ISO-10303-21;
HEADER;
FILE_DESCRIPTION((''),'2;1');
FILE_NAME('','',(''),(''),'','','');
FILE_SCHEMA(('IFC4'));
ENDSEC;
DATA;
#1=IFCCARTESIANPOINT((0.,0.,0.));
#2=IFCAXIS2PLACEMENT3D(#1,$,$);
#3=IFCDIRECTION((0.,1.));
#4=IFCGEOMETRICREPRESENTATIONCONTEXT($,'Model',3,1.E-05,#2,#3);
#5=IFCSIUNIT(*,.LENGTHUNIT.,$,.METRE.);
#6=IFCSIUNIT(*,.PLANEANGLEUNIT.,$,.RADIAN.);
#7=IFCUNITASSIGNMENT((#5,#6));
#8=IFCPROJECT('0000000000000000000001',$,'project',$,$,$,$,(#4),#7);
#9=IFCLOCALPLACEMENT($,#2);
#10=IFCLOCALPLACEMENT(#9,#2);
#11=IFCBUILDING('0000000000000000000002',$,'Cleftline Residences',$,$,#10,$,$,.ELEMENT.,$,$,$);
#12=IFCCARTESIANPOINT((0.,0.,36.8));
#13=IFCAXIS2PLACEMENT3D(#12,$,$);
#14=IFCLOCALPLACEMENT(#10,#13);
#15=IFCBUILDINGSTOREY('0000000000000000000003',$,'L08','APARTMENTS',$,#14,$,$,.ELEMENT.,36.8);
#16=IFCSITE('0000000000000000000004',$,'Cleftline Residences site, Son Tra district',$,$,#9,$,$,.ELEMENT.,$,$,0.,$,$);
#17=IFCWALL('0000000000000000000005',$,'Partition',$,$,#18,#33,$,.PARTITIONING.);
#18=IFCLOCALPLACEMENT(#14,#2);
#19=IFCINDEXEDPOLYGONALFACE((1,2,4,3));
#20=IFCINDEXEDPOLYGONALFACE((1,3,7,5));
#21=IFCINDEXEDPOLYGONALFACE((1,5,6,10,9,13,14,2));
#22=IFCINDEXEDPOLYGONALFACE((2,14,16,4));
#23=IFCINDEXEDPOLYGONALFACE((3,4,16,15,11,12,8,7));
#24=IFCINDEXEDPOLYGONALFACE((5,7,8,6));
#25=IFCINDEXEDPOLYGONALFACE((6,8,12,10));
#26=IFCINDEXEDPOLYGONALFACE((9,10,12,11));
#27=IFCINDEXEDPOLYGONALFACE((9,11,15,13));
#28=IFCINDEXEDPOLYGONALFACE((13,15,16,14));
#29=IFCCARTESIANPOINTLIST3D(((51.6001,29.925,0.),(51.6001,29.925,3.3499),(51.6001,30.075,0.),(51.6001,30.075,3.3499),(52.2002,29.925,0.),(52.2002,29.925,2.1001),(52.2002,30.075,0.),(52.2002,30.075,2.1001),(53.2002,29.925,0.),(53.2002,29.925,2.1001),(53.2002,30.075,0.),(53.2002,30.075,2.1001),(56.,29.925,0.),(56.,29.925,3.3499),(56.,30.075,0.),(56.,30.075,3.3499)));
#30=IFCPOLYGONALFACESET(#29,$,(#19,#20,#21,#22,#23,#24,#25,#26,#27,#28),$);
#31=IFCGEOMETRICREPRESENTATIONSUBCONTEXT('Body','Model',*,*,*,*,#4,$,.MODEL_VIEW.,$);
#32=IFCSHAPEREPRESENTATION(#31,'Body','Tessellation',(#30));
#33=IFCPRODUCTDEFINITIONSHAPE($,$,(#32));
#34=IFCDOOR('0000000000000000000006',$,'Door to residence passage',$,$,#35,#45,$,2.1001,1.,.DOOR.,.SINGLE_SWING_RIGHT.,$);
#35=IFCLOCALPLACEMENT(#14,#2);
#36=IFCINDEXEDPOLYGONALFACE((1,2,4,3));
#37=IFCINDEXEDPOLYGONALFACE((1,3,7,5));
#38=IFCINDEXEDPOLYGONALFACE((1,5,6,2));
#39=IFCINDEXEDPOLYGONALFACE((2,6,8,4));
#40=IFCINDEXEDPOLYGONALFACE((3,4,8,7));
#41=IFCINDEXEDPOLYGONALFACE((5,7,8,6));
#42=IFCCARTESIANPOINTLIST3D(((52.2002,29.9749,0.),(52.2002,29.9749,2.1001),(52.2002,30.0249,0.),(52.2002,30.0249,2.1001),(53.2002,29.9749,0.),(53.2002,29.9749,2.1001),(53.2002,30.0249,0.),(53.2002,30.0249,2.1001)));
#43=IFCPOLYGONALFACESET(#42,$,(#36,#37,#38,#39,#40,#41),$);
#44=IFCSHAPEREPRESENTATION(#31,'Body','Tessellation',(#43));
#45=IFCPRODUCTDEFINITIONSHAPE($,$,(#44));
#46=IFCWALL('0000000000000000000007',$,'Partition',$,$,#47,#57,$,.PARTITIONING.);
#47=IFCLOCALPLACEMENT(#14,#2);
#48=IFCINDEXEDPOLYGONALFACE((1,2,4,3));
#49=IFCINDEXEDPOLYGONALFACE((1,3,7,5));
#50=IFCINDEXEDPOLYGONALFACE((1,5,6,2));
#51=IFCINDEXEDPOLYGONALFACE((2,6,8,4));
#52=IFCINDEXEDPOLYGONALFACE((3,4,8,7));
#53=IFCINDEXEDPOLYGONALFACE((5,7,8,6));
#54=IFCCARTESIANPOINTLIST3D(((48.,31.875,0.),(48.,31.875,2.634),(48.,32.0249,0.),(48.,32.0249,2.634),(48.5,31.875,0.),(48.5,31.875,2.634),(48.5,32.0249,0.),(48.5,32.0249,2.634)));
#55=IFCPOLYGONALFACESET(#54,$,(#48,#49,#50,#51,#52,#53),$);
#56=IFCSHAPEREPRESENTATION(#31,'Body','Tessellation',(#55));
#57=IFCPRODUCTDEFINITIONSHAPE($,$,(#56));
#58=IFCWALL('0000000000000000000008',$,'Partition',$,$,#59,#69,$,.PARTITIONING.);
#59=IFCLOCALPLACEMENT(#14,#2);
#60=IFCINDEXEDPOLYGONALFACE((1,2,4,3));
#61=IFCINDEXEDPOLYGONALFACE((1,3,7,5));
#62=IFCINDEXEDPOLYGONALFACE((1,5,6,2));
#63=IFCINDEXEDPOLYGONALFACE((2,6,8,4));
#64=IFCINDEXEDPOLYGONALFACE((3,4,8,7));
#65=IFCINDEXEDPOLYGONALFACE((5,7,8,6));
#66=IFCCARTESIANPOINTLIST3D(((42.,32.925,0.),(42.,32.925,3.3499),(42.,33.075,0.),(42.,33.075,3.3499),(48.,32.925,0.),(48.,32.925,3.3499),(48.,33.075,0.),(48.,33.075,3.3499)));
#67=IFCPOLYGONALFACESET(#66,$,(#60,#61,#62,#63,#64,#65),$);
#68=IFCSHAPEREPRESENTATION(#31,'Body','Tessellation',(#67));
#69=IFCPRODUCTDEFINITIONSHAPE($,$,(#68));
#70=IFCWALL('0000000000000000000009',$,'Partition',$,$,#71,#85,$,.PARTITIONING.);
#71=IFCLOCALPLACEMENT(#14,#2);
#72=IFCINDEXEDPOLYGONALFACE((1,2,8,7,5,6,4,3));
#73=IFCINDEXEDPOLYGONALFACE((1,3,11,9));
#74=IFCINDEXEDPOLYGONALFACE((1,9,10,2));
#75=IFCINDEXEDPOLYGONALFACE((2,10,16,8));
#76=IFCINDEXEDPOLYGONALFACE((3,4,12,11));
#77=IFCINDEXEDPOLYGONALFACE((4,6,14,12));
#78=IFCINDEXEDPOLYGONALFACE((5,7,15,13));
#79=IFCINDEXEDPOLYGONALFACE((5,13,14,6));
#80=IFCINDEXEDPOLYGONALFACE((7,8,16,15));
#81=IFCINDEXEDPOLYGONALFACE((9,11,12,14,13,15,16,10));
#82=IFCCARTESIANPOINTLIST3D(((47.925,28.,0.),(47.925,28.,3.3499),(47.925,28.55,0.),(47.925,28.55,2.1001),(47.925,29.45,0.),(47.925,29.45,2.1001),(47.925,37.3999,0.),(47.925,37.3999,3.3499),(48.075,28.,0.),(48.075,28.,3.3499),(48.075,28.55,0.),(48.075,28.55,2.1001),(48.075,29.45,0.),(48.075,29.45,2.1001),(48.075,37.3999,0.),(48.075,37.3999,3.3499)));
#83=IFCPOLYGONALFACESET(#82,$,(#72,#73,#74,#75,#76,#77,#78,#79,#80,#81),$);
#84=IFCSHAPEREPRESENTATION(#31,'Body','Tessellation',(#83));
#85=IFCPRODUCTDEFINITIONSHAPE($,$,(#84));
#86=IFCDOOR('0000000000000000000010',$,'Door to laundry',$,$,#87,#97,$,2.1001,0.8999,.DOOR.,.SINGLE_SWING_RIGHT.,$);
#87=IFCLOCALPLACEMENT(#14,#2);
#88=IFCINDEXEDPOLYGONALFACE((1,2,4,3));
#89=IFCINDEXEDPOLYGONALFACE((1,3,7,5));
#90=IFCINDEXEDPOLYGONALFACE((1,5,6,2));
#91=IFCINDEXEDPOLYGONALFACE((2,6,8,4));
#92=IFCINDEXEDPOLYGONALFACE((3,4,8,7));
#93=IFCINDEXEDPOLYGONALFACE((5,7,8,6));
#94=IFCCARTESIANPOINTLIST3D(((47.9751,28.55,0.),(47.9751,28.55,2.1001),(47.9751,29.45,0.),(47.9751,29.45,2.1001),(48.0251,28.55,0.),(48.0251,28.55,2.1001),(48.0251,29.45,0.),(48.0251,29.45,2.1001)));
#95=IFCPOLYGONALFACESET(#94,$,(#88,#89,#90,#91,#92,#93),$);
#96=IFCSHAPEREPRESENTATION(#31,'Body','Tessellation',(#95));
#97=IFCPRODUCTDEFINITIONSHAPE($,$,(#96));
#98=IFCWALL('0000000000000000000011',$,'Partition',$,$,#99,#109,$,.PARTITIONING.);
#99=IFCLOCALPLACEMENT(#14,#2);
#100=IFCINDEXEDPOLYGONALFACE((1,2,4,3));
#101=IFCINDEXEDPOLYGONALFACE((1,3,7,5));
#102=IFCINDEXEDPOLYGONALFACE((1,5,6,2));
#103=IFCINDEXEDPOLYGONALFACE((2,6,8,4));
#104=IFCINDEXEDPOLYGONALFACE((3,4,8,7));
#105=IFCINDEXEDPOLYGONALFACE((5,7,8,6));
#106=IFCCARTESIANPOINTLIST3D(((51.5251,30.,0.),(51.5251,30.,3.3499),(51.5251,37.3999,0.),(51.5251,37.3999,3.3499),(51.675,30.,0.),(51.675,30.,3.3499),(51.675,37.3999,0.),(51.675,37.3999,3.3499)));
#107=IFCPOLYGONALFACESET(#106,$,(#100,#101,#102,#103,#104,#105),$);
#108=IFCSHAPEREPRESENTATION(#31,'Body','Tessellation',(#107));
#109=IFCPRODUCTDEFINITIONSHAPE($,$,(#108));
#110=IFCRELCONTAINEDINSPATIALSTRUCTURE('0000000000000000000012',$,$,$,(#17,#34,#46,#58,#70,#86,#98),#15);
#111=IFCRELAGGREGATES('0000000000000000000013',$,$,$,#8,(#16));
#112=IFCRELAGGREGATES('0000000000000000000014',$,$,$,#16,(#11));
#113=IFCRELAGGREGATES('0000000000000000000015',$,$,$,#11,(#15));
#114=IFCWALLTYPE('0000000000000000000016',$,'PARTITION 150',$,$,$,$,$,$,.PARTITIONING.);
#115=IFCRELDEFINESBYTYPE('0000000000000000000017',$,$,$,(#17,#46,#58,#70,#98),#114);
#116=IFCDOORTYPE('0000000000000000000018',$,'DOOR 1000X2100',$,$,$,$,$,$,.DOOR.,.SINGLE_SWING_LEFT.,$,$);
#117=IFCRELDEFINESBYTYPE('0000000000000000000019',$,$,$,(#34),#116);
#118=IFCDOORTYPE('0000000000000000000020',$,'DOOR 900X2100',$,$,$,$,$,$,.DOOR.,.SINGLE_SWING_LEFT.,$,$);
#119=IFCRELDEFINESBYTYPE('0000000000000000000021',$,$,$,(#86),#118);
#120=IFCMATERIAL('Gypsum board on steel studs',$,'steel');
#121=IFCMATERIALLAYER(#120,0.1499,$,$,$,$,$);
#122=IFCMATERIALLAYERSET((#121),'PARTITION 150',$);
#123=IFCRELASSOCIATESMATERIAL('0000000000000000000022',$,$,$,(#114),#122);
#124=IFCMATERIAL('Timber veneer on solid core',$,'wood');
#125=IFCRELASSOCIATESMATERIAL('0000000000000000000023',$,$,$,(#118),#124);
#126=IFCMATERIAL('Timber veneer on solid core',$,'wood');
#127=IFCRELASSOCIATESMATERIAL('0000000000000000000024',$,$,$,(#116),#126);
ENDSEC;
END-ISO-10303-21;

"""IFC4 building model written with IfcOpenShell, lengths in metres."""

from ifc_helpers import new_model, si_unit, direction, frame, frame_2d, origin, place, context, subcontext, project, spatial, rectangle, extrude, material, layer, layer_set, type_object, element, fill, save


model = new_model("IFC4")

# Units and contexts
model_context = context("Model", 3, precision=1e-05, world=origin(), true_north=direction((0.0, 1.0)))
body_context = subcontext(model_context, "Body", "Model", "MODEL_VIEW")
ifc_project = project(units=[si_unit("LENGTHUNIT", "METRE"), si_unit("PLANEANGLEUNIT", "RADIAN")], contexts=[model_context])

# Site, building, storey
site_placement = place(None, origin())
site = spatial("IfcSite", under=ifc_project, at=site_placement, Name="Cleftline Residences site, Son Tra district", CompositionType="ELEMENT", RefElevation=0.0)
building_placement = place(site_placement, origin())
building = spatial("IfcBuilding", under=site, at=building_placement, Name="Cleftline Residences", CompositionType="ELEMENT")
storey_placement = place(building_placement, frame((0.0, 0.0, 36.8)))
storey = spatial("IfcBuildingStorey", under=building, at=storey_placement, Name="L08", Description="APARTMENTS", CompositionType="ELEMENT", Elevation=36.8)

# Wall, opening, door
ifc_material_1 = material(Name="Gypsum board on steel studs", Category="steel")
ifc_layer_1 = layer(ifc_material_1, 0.1499)
ifc_layer_set_1 = layer_set([ifc_layer_1], Name="PARTITION 150")
wall_type_1 = type_object("IfcWallType", Name="PARTITION 150", PredefinedType="PARTITIONING", material=ifc_layer_set_1)
ifc_material_2 = material(Name="Timber veneer on solid core", Category="wood")
door_type_1 = type_object("IfcDoorType", Name="DOOR 900X2100", OperationType="SINGLE_SWING_LEFT", PredefinedType="DOOR", material=ifc_material_2)
wall_1_placement = place(storey_placement, frame((51.6001, 30.0, 0.0), z_axis=(0.0, 0.0, 1.0), x_axis=(1.0, 0.0, 0.0)))
wall_1 = element("IfcWall", 1, at=wall_1_placement, inside=storey, type_object=wall_type_1, Name="Partition", PredefinedType="PARTITIONING", context=body_context, shape_type="SweptSolid", body=[
    extrude(rectangle(XDim=4.3999, YDim=0.1499, at=frame_2d((2.2, 0.0))), origin(), (0.0, 0.0, 1.0), 3.3499),
])
opening_1_placement = place(wall_1_placement, frame((0.6001, 0.0, 0.0)))
opening_1 = element("IfcOpeningElement", 2, at=opening_1_placement, cuts=wall_1, PredefinedType="OPENING", context=body_context, shape_type="SweptSolid", body=[
    extrude(rectangle(XDim=1.0, YDim=2.1001, at=frame_2d((0.5, 1.05))), frame((0.0, 0.085, 0.0), z_axis=(0.0, -1.0, 0.0), x_axis=(1.0, 0.0, 0.0)), (0.0, 0.0, 1.0), 0.1699),
])
ifc_material_3 = material(Name="Timber veneer on solid core", Category="wood")
door_type_2 = type_object("IfcDoorType", Name="DOOR 1000X2100", OperationType="SINGLE_SWING_LEFT", PredefinedType="DOOR", material=ifc_material_3)
door_1_placement = place(opening_1_placement, origin())
door_1 = element("IfcDoor", 3, at=door_1_placement, inside=storey, type_object=door_type_2, Name="Door to residence passage", OperationType="SINGLE_SWING_RIGHT", OverallHeight=2.1001, OverallWidth=1.0, PredefinedType="DOOR", context=body_context, shape_type="SweptSolid", body=[
    extrude(rectangle(XDim=1.0, YDim=2.1001, at=frame_2d((0.5, 1.05))), frame((0.0, 0.0249, 0.0), z_axis=(0.0, -1.0, 0.0), x_axis=(1.0, 0.0, 0.0)), (0.0, 0.0, 1.0), 0.05),
])
fill(opening_1, door_1)

# Walls
wall_2_placement = place(storey_placement, frame((48.0, 31.95, 0.0), z_axis=(0.0, 0.0, 1.0), x_axis=(1.0, 0.0, 0.0)))
element("IfcWall", 4, at=wall_2_placement, inside=storey, type_object=wall_type_1, Name="Partition", PredefinedType="PARTITIONING", context=body_context, shape_type="SweptSolid", body=[
    extrude(rectangle(XDim=0.5, YDim=0.1499, at=frame_2d((0.25, 0.0))), origin(), (0.0, 0.0, 1.0), 2.634),
])
wall_3_placement = place(storey_placement, frame((42.0, 33.0, 0.0), z_axis=(0.0, 0.0, 1.0), x_axis=(1.0, 0.0, 0.0)))
element("IfcWall", 5, at=wall_3_placement, inside=storey, type_object=wall_type_1, Name="Partition", PredefinedType="PARTITIONING", context=body_context, shape_type="SweptSolid", body=[
    extrude(rectangle(XDim=6.0, YDim=0.1499, at=frame_2d((3.0, 0.0))), origin(), (0.0, 0.0, 1.0), 3.3499),
])

# Wall, opening, door
wall_4_placement = place(storey_placement, frame((48.0, 28.0, 0.0), z_axis=(0.0, 0.0, 1.0), x_axis=(0.0, 1.0, 0.0)))
wall_4 = element("IfcWall", 6, at=wall_4_placement, inside=storey, type_object=wall_type_1, Name="Partition", PredefinedType="PARTITIONING", context=body_context, shape_type="SweptSolid", body=[
    extrude(rectangle(XDim=9.3999, YDim=0.1499, at=frame_2d((4.7, 0.0))), origin(), (0.0, 0.0, 1.0), 3.3499),
])
opening_2_placement = place(wall_4_placement, frame((0.55, 0.0, 0.0)))
opening_2 = element("IfcOpeningElement", 7, at=opening_2_placement, cuts=wall_4, PredefinedType="OPENING", context=body_context, shape_type="SweptSolid", body=[
    extrude(rectangle(XDim=0.8999, YDim=2.1001, at=frame_2d((0.45, 1.05))), frame((0.0, 0.085, 0.0), z_axis=(0.0, -1.0, 0.0), x_axis=(1.0, 0.0, 0.0)), (0.0, 0.0, 1.0), 0.1699),
])
door_2_placement = place(opening_2_placement, origin())
door_2 = element("IfcDoor", 8, at=door_2_placement, inside=storey, type_object=door_type_1, Name="Door to laundry", OperationType="SINGLE_SWING_RIGHT", OverallHeight=2.1001, OverallWidth=0.8999, PredefinedType="DOOR", context=body_context, shape_type="SweptSolid", body=[
    extrude(rectangle(XDim=0.8999, YDim=2.1001, at=frame_2d((0.45, 1.05))), frame((0.0, 0.0249, 0.0), z_axis=(0.0, -1.0, 0.0), x_axis=(1.0, 0.0, 0.0)), (0.0, 0.0, 1.0), 0.05),
])
fill(opening_2, door_2)

# Wall
wall_5_placement = place(storey_placement, frame((51.6001, 30.0, 0.0), z_axis=(0.0, 0.0, 1.0), x_axis=(0.0, 1.0, 0.0)))
element("IfcWall", 9, at=wall_5_placement, inside=storey, type_object=wall_type_1, Name="Partition", PredefinedType="PARTITIONING", context=body_context, shape_type="SweptSolid", body=[
    extrude(rectangle(XDim=7.3999, YDim=0.1499, at=frame_2d((3.7, 0.0))), origin(), (0.0, 0.0, 1.0), 3.3499),
])

save(model, "model.ifc")
